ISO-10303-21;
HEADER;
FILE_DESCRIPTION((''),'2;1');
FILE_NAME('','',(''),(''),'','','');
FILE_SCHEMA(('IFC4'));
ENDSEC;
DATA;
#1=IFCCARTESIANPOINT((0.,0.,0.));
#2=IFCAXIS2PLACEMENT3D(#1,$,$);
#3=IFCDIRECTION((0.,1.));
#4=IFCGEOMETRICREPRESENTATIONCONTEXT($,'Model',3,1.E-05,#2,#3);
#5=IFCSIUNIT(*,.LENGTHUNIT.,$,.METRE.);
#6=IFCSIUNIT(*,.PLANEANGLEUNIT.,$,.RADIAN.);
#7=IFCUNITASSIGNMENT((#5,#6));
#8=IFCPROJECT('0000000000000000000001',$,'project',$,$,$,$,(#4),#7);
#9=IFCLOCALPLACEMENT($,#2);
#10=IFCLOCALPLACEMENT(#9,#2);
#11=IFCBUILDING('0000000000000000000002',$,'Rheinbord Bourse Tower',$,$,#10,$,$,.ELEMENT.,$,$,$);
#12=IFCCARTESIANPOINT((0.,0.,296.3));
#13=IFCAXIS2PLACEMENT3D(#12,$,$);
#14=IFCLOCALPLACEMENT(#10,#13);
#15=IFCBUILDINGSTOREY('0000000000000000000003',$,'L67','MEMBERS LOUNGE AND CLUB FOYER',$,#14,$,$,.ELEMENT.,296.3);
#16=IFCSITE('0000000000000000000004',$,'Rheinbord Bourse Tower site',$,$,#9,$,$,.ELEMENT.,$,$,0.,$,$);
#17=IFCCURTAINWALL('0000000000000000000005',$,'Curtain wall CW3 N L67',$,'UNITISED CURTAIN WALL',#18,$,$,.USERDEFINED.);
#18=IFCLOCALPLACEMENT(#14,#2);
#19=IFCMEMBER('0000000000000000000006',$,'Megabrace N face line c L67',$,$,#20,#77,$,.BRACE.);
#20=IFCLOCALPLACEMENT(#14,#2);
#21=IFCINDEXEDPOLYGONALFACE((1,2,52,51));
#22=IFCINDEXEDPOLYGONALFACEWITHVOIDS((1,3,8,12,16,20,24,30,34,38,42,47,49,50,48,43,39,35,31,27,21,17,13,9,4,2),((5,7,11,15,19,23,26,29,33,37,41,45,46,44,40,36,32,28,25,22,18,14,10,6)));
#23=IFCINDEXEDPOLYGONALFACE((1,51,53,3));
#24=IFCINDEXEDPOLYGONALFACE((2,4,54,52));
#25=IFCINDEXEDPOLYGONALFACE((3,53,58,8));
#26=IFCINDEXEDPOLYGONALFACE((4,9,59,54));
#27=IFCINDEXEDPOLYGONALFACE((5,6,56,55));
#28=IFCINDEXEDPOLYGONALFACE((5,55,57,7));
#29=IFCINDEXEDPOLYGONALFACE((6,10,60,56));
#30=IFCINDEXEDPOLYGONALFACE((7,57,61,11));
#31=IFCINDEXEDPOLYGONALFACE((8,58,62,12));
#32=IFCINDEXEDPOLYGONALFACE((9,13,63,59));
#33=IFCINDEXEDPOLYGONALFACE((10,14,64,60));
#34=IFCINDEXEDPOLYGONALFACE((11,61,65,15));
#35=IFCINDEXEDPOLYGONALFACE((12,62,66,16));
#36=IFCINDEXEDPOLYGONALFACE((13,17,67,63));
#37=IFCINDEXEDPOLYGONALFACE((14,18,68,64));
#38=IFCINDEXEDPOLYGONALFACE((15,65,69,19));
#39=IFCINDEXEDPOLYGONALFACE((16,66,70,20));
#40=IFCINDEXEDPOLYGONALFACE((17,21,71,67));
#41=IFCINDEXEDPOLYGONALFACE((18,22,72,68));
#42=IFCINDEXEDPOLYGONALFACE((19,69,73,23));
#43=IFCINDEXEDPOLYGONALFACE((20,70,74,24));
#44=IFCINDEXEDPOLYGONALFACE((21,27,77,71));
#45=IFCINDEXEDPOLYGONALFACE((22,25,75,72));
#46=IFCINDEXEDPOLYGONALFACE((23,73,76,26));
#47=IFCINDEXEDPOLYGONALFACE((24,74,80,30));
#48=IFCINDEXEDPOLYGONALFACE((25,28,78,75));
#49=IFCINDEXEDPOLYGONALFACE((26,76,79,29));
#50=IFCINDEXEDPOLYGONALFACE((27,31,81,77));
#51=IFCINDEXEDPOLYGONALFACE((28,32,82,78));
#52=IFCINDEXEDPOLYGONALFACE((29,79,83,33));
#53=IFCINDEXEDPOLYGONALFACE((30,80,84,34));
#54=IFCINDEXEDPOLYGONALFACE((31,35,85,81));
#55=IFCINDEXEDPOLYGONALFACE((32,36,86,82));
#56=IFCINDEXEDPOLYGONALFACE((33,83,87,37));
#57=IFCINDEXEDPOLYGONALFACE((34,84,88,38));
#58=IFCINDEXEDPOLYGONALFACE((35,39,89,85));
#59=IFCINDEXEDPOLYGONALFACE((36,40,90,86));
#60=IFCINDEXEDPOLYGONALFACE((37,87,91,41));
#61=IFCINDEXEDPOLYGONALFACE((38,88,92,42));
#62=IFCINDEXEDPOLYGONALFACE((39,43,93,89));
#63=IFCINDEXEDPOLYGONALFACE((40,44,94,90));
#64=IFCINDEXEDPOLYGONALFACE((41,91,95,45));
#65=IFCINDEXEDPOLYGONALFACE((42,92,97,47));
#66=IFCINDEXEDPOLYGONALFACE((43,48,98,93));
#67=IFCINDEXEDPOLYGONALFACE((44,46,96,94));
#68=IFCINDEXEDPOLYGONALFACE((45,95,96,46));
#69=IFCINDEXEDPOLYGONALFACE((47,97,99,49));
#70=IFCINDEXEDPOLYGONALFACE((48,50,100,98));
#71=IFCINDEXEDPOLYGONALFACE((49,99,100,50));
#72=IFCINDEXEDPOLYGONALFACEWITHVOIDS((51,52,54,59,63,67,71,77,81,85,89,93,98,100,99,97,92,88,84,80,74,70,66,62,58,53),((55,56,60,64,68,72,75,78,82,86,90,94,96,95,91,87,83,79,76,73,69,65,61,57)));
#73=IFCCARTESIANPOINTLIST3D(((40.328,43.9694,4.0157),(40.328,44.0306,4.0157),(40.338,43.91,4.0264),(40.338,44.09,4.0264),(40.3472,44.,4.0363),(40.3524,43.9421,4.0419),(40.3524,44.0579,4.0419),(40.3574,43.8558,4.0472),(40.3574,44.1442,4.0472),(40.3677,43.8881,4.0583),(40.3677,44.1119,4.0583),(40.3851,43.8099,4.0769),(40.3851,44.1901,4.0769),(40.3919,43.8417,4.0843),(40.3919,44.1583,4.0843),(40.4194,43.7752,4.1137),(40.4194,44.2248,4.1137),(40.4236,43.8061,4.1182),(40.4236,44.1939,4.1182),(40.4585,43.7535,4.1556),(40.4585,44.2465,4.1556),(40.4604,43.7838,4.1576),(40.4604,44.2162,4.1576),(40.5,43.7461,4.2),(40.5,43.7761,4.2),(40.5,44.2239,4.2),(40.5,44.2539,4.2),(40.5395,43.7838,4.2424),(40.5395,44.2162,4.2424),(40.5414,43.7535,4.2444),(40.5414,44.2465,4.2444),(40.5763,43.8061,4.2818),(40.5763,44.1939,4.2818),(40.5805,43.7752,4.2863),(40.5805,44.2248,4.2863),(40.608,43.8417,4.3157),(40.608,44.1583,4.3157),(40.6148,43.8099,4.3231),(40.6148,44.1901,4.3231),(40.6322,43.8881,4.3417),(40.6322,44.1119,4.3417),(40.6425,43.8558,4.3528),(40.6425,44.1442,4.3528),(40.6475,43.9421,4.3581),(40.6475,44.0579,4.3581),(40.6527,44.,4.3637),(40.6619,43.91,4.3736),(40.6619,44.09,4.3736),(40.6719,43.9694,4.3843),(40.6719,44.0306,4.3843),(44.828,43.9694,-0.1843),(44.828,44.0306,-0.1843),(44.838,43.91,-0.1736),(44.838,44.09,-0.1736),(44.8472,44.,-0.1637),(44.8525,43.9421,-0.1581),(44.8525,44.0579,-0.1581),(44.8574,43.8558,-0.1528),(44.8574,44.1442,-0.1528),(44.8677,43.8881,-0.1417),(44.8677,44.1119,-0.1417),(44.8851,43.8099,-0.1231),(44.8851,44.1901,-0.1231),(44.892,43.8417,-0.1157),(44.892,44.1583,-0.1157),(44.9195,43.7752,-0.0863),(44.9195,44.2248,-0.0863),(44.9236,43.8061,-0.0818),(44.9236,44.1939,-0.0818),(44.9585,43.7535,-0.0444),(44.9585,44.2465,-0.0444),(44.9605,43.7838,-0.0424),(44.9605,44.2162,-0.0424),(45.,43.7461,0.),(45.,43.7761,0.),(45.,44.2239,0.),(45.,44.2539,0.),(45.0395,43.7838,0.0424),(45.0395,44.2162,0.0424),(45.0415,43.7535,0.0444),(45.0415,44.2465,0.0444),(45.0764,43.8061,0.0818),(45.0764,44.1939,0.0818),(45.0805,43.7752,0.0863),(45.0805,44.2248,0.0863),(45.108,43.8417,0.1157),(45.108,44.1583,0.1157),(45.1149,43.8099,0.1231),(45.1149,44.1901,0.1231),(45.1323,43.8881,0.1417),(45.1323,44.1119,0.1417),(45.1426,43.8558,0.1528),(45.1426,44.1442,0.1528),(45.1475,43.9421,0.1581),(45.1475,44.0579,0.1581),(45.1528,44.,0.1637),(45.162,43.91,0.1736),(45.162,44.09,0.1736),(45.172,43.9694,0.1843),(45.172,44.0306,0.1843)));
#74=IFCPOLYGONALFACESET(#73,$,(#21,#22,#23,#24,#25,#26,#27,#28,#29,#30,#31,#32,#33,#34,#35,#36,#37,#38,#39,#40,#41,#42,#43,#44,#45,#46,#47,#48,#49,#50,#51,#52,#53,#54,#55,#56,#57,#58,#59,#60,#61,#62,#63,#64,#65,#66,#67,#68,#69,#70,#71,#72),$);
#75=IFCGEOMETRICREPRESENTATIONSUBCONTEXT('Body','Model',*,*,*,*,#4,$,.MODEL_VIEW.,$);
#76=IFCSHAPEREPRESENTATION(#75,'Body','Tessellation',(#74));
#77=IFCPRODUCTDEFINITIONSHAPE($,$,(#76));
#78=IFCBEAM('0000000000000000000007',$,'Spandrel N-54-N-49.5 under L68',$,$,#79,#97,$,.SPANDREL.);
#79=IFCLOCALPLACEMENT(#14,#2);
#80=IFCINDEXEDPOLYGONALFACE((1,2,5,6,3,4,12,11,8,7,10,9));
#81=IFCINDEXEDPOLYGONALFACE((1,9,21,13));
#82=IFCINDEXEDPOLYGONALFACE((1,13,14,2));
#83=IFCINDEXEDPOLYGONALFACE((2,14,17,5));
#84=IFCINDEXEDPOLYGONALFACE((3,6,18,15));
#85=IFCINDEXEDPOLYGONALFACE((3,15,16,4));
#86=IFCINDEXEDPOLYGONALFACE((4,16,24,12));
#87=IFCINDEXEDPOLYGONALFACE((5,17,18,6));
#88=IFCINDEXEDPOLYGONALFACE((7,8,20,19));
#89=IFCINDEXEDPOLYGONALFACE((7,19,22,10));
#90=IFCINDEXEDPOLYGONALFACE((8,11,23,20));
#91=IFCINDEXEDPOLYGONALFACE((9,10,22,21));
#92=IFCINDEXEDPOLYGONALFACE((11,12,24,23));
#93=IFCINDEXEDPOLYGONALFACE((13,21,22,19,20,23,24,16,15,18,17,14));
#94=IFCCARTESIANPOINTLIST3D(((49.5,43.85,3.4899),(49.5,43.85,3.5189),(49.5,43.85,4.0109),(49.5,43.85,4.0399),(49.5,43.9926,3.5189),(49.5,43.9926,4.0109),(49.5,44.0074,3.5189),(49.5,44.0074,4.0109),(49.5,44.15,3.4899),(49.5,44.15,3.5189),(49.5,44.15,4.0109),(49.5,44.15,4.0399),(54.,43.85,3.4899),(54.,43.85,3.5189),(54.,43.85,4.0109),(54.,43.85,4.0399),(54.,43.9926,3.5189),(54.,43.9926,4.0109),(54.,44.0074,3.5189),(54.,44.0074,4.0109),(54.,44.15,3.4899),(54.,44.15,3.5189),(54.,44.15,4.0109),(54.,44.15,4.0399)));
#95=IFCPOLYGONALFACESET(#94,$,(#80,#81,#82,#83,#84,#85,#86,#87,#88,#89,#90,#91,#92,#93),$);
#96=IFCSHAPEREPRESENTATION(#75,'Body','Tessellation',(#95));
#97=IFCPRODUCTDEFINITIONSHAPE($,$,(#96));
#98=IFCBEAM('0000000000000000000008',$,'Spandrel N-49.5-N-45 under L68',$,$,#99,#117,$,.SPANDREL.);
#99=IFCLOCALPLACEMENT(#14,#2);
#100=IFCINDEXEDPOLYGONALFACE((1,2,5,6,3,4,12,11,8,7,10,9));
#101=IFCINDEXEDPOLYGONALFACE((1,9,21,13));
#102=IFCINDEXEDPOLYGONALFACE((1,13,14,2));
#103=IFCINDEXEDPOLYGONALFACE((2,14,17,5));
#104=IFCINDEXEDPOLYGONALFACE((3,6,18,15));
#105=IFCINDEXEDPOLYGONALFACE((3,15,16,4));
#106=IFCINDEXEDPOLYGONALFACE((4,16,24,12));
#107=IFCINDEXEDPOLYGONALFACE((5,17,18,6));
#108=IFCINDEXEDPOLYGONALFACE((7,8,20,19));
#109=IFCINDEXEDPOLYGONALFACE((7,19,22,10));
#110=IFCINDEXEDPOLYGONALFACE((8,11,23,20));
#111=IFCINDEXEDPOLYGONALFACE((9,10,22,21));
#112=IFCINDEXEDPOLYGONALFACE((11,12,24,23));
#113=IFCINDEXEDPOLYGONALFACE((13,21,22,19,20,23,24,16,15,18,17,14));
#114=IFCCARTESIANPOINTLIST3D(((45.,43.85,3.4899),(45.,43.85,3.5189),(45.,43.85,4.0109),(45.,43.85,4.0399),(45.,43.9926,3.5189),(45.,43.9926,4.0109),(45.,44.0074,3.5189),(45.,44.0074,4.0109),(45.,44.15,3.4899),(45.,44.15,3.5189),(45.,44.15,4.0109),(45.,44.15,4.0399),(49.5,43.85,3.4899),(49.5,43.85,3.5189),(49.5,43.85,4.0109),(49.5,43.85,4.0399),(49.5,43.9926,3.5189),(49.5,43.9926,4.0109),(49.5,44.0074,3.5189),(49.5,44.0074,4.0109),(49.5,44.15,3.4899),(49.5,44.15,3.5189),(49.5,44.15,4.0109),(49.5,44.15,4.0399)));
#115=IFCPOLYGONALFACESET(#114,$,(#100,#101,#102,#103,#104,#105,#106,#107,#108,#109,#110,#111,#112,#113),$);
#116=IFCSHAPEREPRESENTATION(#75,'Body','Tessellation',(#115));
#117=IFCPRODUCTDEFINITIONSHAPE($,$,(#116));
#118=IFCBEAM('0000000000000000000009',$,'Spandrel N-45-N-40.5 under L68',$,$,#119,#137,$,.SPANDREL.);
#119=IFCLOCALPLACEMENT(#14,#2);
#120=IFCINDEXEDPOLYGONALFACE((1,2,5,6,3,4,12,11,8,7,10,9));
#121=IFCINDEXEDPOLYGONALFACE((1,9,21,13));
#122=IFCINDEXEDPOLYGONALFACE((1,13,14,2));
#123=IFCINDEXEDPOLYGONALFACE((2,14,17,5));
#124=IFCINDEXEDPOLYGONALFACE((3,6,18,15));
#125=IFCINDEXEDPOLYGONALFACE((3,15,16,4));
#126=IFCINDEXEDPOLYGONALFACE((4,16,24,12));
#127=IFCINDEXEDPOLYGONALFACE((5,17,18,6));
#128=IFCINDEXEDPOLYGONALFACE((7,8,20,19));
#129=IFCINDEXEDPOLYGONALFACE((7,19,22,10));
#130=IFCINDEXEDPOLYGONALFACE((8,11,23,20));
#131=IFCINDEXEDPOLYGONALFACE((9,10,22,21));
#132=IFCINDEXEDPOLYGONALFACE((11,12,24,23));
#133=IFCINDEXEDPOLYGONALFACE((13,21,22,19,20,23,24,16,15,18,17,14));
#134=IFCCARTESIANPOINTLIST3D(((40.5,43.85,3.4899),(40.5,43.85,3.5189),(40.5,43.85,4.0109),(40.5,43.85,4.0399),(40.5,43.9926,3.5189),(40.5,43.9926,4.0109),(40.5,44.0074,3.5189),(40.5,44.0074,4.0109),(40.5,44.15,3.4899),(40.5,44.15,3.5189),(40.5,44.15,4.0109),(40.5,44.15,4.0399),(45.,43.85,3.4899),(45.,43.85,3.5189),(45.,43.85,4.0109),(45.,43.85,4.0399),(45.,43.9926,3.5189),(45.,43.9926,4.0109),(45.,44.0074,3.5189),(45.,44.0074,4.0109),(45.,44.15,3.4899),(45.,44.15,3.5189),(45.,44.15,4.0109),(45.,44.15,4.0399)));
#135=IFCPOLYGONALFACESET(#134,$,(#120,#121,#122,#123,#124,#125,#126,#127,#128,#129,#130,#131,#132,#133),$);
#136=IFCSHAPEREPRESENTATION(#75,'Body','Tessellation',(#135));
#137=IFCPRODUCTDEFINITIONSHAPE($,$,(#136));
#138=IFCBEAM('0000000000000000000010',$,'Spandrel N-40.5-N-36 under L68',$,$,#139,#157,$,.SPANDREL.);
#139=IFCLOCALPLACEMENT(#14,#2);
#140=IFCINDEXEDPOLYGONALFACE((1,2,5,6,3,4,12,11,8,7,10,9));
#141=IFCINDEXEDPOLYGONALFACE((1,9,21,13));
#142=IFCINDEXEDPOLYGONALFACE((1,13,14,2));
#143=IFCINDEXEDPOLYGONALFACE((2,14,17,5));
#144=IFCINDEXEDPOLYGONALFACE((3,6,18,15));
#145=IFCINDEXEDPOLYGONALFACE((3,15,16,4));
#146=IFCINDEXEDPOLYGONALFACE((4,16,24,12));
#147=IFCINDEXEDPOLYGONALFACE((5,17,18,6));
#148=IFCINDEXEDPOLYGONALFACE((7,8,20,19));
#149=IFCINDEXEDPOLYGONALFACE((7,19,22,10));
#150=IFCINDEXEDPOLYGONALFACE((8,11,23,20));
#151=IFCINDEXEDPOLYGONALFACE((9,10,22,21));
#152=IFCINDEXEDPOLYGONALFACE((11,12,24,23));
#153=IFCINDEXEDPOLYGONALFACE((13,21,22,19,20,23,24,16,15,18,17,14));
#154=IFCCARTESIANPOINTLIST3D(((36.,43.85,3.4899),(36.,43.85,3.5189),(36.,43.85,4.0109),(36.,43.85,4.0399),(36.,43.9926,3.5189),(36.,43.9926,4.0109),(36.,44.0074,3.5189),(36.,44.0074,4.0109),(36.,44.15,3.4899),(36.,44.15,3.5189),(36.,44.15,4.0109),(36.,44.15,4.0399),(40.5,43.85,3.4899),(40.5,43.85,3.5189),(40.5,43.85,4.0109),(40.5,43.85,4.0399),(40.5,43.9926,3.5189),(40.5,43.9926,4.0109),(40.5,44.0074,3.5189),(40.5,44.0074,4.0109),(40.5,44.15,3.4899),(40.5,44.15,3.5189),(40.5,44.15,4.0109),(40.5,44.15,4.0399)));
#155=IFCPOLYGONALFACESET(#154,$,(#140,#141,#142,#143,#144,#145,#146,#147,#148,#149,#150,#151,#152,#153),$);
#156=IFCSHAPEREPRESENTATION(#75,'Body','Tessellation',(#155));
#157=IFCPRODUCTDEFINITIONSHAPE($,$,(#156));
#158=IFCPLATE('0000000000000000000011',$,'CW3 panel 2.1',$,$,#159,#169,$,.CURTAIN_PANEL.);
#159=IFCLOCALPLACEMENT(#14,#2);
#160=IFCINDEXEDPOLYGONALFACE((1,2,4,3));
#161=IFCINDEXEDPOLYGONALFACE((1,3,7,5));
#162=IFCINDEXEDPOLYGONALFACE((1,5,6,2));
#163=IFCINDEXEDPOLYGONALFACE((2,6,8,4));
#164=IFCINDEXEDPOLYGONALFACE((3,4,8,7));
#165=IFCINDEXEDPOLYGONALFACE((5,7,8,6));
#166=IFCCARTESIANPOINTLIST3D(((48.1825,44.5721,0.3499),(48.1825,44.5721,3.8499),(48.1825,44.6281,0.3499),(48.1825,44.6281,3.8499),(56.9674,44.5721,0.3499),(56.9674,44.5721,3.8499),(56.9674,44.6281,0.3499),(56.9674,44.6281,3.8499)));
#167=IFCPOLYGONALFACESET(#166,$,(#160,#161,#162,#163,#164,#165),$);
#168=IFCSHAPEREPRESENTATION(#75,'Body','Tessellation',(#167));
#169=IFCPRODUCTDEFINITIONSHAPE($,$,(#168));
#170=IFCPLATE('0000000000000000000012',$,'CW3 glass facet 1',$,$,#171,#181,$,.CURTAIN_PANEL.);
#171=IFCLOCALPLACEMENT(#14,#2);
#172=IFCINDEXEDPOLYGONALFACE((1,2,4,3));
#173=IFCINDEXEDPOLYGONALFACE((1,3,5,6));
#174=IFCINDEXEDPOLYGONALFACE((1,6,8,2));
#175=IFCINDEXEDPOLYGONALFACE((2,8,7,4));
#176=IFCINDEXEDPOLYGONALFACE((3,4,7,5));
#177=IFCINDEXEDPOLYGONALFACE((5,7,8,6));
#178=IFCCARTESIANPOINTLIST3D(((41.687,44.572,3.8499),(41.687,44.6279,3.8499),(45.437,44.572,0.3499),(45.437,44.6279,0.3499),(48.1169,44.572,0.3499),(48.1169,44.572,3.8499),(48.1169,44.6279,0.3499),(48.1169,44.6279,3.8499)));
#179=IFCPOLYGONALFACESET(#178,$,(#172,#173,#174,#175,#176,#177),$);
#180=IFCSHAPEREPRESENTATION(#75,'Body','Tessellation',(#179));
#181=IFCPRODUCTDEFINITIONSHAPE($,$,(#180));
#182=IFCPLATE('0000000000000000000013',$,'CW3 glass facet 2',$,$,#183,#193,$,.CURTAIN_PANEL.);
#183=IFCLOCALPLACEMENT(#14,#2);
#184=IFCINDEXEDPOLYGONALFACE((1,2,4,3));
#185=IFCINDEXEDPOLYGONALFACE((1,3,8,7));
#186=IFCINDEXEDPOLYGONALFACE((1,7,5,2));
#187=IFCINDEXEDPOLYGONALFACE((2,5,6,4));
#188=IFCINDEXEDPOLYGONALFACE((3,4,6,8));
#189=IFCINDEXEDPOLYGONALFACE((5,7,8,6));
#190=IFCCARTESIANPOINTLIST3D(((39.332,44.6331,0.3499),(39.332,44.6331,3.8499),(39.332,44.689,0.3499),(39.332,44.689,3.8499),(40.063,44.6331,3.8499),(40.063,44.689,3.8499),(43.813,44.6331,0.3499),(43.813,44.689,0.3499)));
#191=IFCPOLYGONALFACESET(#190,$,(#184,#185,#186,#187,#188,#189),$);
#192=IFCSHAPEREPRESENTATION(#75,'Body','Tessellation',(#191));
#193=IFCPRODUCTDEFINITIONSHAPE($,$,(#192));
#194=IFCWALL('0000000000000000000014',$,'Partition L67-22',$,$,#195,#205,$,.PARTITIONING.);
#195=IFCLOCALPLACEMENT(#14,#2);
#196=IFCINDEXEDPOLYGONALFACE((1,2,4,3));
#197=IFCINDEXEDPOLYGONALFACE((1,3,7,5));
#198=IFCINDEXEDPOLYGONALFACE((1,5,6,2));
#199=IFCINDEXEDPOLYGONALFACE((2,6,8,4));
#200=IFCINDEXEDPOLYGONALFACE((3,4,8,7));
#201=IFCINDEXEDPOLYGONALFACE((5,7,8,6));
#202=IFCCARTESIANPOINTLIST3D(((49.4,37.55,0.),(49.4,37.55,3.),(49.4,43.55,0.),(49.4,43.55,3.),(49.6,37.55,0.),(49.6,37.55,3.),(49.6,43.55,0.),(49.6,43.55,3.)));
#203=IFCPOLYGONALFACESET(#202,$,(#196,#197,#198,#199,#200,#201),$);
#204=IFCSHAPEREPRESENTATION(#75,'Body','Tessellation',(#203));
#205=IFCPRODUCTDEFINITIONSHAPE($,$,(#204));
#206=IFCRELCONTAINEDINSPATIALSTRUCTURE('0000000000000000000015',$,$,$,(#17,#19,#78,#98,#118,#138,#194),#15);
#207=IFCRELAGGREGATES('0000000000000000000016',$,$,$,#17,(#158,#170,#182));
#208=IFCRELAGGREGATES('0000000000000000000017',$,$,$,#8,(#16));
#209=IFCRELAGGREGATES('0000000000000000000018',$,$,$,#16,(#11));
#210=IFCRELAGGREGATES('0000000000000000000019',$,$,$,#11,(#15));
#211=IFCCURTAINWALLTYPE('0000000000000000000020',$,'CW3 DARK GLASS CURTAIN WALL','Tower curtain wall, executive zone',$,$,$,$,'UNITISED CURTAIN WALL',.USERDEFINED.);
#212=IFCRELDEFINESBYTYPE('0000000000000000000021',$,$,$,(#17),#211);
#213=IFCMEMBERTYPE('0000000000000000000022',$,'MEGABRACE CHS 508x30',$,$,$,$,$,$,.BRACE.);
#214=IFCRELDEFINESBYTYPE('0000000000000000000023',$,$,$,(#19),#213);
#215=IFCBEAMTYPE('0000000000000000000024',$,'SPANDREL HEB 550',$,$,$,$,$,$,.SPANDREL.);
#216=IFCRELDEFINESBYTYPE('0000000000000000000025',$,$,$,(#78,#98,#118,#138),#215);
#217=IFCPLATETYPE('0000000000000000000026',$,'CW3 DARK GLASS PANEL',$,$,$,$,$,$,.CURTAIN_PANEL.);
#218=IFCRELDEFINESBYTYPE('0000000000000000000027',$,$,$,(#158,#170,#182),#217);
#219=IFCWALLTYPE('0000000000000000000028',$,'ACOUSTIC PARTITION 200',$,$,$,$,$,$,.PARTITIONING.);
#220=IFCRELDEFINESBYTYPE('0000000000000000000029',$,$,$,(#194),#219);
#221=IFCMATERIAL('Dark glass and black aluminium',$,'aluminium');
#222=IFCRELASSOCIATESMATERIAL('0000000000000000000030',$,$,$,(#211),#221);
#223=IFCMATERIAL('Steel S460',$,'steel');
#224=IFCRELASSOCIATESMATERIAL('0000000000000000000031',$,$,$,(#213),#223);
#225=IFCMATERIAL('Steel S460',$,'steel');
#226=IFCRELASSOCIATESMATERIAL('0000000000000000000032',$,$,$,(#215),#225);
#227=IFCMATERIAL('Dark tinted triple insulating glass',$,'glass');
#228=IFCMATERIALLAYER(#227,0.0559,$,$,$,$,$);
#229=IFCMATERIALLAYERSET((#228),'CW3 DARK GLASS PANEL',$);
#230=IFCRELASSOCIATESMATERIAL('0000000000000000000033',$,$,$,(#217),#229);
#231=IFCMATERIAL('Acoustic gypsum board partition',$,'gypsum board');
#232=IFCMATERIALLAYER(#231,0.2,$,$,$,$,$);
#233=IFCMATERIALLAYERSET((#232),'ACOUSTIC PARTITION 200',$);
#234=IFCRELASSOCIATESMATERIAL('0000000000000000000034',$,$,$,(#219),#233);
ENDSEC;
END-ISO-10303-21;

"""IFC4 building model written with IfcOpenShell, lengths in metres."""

from ifc_helpers import new_model, si_unit, direction, frame, frame_2d, origin, origin_2d, place, context, subcontext, project, spatial, polyline, rectangle, hollow_circle, i_section, outline, extrude, material, layer, layer_set, material_profile, profile_set, type_object, element, aggregate, save


model = new_model("IFC4")

# Units and contexts
model_context = context("Model", 3, precision=1e-05, world=origin(), true_north=direction((0.0, 1.0)))
body_context = subcontext(model_context, "Body", "Model", "MODEL_VIEW")
ifc_project = project(units=[si_unit("LENGTHUNIT", "METRE"), si_unit("PLANEANGLEUNIT", "RADIAN")], contexts=[model_context])

# Site, building, storey
site_placement = place(None, origin())
site = spatial("IfcSite", under=ifc_project, at=site_placement, Name="Rheinbord Bourse Tower site", CompositionType="ELEMENT", RefElevation=0.0)
building_placement = place(site_placement, origin())
building = spatial("IfcBuilding", under=site, at=building_placement, Name="Rheinbord Bourse Tower", CompositionType="ELEMENT")
storey_placement = place(building_placement, frame((0.0, 0.0, 296.3)))
storey = spatial("IfcBuildingStorey", under=building, at=storey_placement, Name="L67", Description="MEMBERS LOUNGE AND CLUB FOYER", CompositionType="ELEMENT", Elevation=296.3)

# Curtain wall
ifc_material_1 = material(Name="Dark glass and black aluminium", Category="aluminium")
curtain_wall_type = type_object("IfcCurtainWallType", Name="CW3 DARK GLASS CURTAIN WALL", Description="Tower curtain wall, executive zone", ElementType="UNITISED CURTAIN WALL", PredefinedType="USERDEFINED", material=ifc_material_1)
curtain_wall_placement = place(storey_placement, origin())
curtain_wall = element("IfcCurtainWall", 1, at=curtain_wall_placement, inside=storey, type_object=curtain_wall_type, Name="Curtain wall CW3 N L67", ObjectType="UNITISED CURTAIN WALL", PredefinedType="USERDEFINED")

# Member
ifc_material_2 = material(Name="Steel S460", Category="steel")
ifc_material_profile_1 = material_profile(ifc_material_2, hollow_circle(Radius=0.2539, WallThickness=0.03, at=origin_2d()), Name="CHS 508x30")
ifc_profile_set_1 = profile_set([ifc_material_profile_1], Name="Steel S460")
member_type_1 = type_object("IfcMemberType", Name="MEGABRACE CHS 508x30", PredefinedType="BRACE", material=ifc_profile_set_1)
member_1_placement = place(storey_placement, frame((45.0, 44.0, 0.0), z_axis=(-0.731059, 0.0, 0.682314), x_axis=(0.0, -1.0, 0.0)))
element("IfcMember", 2, at=member_1_placement, inside=storey, type_object=member_type_1, Name="Megabrace N face line c L67", PredefinedType="BRACE", context=body_context, shape_type="SweptSolid", body=[
    extrude(hollow_circle(Radius=0.2539, WallThickness=0.03, at=origin_2d()), origin(), (0.0, 0.0, 1.0), 6.1555),
])

# Beams
ifc_material_3 = material(Name="Steel S460", Category="steel")
ifc_material_profile_2 = material_profile(ifc_material_3, i_section(OverallWidth=0.3, OverallDepth=0.55, WebThickness=0.0149, FlangeThickness=0.0291, at=origin_2d()), Name="HEB 550")
ifc_profile_set_2 = profile_set([ifc_material_profile_2], Name="Steel S460")
beam_type_1 = type_object("IfcBeamType", Name="SPANDREL HEB 550", PredefinedType="SPANDREL", material=ifc_profile_set_2)
for number, where, z_axis, x_axis, name in (
    (3, (54.0, 44.0, 3.7649), (-1.0, 0.0, 0.0), (0.0, -1.0, 0.0), "Spandrel N-54-N-49.5 under L68"),
    (4, (49.5, 44.0, 3.7649), (-1.0, 0.0, 0.0), (0.0, -1.0, 0.0), "Spandrel N-49.5-N-45 under L68"),
    (5, (45.0, 44.0, 3.7649), (-1.0, 0.0, 0.0), (0.0, -1.0, 0.0), "Spandrel N-45-N-40.5 under L68"),
    (6, (40.5, 44.0, 3.7649), (-1.0, 0.0, 0.0), (0.0, -1.0, 0.0), "Spandrel N-40.5-N-36 under L68"),
):
    element("IfcBeam", number, at=place(storey_placement, frame(where, z_axis=z_axis, x_axis=x_axis)), inside=storey, type_object=beam_type_1, Name=name, PredefinedType="SPANDREL", context=body_context, shape_type="SweptSolid", body=[
        extrude(i_section(OverallWidth=0.3, OverallDepth=0.55, WebThickness=0.0149, FlangeThickness=0.0291, at=origin_2d()), origin(), (0.0, 0.0, 1.0), 4.5),
    ])

# Plates
ifc_material_4 = material(Name="Dark tinted triple insulating glass", Category="glass")
ifc_layer_1 = layer(ifc_material_4, 0.0559)
ifc_layer_set_1 = layer_set([ifc_layer_1], Name="CW3 DARK GLASS PANEL")
plate_type = type_object("IfcPlateType", Name="CW3 DARK GLASS PANEL", PredefinedType="CURTAIN_PANEL", material=ifc_layer_set_1)
plate_1_placement = place(storey_placement, frame((52.575, 44.6001, 0.3499), z_axis=(0.0, 0.0, 1.0), x_axis=(-1.0, 0.0, 0.0)))
plate_1 = element("IfcPlate", 7, at=plate_1_placement, type_object=plate_type, Name="CW3 panel 2.1", PredefinedType="CURTAIN_PANEL", context=body_context, shape_type="SweptSolid", body=[
    extrude(rectangle(XDim=8.7849, YDim=0.0559, at=origin_2d()), origin(), (0.0, 0.0, 1.0), 3.5),
])
plate_2_placement = place(storey_placement, frame((48.1169, 44.6279, 0.3499), z_axis=(0.0, -1.0, 0.0), x_axis=(0.0, 0.0, 1.0)))
plate_2 = element("IfcPlate", 8, at=plate_2_placement, type_object=plate_type, Name="CW3 glass facet 1", PredefinedType="CURTAIN_PANEL", context=body_context, shape_type="SweptSolid", body=[
    extrude(outline(polyline([(0.0, 0.0), (3.5, 0.0), (3.5, 6.4299), (0.0, 2.6799), (0.0, 0.0)])), origin(), (0.0, 0.0, 1.0), 0.0559),
])
plate_3_placement = place(storey_placement, frame((39.332, 44.689, 3.8499), z_axis=(0.0, -1.0, 0.0), x_axis=(0.0, 0.0, -1.0)))
plate_3 = element("IfcPlate", 9, at=plate_3_placement, type_object=plate_type, Name="CW3 glass facet 2", PredefinedType="CURTAIN_PANEL", context=body_context, shape_type="SweptSolid", body=[
    extrude(outline(polyline([(0.0, 0.0), (3.5, 0.0), (3.5, 4.481), (0.0, 0.731), (0.0, 0.0)])), origin(), (0.0, 0.0, 1.0), 0.0559),
])
aggregate(curtain_wall, [plate_1, plate_2, plate_3])

# Wall
ifc_material_5 = material(Name="Acoustic gypsum board partition", Category="gypsum board")
ifc_layer_2 = layer(ifc_material_5, 0.2)
ifc_layer_set_2 = layer_set([ifc_layer_2], Name="ACOUSTIC PARTITION 200")
wall_type = type_object("IfcWallType", Name="ACOUSTIC PARTITION 200", PredefinedType="PARTITIONING", material=ifc_layer_set_2)
wall_placement = place(storey_placement, frame((49.5, 37.55, 0.0), z_axis=(0.0, 0.0, 1.0), x_axis=(0.0, 1.0, 0.0)))
element("IfcWall", 10, at=wall_placement, inside=storey, type_object=wall_type, Name="Partition L67-22", PredefinedType="PARTITIONING", context=body_context, shape_type="SweptSolid", body=[
    extrude(rectangle(XDim=6.0, YDim=0.2, at=frame_2d((3.0, 0.0))), origin(), (0.0, 0.0, 1.0), 3.0),
])

save(model, "model.ifc")
